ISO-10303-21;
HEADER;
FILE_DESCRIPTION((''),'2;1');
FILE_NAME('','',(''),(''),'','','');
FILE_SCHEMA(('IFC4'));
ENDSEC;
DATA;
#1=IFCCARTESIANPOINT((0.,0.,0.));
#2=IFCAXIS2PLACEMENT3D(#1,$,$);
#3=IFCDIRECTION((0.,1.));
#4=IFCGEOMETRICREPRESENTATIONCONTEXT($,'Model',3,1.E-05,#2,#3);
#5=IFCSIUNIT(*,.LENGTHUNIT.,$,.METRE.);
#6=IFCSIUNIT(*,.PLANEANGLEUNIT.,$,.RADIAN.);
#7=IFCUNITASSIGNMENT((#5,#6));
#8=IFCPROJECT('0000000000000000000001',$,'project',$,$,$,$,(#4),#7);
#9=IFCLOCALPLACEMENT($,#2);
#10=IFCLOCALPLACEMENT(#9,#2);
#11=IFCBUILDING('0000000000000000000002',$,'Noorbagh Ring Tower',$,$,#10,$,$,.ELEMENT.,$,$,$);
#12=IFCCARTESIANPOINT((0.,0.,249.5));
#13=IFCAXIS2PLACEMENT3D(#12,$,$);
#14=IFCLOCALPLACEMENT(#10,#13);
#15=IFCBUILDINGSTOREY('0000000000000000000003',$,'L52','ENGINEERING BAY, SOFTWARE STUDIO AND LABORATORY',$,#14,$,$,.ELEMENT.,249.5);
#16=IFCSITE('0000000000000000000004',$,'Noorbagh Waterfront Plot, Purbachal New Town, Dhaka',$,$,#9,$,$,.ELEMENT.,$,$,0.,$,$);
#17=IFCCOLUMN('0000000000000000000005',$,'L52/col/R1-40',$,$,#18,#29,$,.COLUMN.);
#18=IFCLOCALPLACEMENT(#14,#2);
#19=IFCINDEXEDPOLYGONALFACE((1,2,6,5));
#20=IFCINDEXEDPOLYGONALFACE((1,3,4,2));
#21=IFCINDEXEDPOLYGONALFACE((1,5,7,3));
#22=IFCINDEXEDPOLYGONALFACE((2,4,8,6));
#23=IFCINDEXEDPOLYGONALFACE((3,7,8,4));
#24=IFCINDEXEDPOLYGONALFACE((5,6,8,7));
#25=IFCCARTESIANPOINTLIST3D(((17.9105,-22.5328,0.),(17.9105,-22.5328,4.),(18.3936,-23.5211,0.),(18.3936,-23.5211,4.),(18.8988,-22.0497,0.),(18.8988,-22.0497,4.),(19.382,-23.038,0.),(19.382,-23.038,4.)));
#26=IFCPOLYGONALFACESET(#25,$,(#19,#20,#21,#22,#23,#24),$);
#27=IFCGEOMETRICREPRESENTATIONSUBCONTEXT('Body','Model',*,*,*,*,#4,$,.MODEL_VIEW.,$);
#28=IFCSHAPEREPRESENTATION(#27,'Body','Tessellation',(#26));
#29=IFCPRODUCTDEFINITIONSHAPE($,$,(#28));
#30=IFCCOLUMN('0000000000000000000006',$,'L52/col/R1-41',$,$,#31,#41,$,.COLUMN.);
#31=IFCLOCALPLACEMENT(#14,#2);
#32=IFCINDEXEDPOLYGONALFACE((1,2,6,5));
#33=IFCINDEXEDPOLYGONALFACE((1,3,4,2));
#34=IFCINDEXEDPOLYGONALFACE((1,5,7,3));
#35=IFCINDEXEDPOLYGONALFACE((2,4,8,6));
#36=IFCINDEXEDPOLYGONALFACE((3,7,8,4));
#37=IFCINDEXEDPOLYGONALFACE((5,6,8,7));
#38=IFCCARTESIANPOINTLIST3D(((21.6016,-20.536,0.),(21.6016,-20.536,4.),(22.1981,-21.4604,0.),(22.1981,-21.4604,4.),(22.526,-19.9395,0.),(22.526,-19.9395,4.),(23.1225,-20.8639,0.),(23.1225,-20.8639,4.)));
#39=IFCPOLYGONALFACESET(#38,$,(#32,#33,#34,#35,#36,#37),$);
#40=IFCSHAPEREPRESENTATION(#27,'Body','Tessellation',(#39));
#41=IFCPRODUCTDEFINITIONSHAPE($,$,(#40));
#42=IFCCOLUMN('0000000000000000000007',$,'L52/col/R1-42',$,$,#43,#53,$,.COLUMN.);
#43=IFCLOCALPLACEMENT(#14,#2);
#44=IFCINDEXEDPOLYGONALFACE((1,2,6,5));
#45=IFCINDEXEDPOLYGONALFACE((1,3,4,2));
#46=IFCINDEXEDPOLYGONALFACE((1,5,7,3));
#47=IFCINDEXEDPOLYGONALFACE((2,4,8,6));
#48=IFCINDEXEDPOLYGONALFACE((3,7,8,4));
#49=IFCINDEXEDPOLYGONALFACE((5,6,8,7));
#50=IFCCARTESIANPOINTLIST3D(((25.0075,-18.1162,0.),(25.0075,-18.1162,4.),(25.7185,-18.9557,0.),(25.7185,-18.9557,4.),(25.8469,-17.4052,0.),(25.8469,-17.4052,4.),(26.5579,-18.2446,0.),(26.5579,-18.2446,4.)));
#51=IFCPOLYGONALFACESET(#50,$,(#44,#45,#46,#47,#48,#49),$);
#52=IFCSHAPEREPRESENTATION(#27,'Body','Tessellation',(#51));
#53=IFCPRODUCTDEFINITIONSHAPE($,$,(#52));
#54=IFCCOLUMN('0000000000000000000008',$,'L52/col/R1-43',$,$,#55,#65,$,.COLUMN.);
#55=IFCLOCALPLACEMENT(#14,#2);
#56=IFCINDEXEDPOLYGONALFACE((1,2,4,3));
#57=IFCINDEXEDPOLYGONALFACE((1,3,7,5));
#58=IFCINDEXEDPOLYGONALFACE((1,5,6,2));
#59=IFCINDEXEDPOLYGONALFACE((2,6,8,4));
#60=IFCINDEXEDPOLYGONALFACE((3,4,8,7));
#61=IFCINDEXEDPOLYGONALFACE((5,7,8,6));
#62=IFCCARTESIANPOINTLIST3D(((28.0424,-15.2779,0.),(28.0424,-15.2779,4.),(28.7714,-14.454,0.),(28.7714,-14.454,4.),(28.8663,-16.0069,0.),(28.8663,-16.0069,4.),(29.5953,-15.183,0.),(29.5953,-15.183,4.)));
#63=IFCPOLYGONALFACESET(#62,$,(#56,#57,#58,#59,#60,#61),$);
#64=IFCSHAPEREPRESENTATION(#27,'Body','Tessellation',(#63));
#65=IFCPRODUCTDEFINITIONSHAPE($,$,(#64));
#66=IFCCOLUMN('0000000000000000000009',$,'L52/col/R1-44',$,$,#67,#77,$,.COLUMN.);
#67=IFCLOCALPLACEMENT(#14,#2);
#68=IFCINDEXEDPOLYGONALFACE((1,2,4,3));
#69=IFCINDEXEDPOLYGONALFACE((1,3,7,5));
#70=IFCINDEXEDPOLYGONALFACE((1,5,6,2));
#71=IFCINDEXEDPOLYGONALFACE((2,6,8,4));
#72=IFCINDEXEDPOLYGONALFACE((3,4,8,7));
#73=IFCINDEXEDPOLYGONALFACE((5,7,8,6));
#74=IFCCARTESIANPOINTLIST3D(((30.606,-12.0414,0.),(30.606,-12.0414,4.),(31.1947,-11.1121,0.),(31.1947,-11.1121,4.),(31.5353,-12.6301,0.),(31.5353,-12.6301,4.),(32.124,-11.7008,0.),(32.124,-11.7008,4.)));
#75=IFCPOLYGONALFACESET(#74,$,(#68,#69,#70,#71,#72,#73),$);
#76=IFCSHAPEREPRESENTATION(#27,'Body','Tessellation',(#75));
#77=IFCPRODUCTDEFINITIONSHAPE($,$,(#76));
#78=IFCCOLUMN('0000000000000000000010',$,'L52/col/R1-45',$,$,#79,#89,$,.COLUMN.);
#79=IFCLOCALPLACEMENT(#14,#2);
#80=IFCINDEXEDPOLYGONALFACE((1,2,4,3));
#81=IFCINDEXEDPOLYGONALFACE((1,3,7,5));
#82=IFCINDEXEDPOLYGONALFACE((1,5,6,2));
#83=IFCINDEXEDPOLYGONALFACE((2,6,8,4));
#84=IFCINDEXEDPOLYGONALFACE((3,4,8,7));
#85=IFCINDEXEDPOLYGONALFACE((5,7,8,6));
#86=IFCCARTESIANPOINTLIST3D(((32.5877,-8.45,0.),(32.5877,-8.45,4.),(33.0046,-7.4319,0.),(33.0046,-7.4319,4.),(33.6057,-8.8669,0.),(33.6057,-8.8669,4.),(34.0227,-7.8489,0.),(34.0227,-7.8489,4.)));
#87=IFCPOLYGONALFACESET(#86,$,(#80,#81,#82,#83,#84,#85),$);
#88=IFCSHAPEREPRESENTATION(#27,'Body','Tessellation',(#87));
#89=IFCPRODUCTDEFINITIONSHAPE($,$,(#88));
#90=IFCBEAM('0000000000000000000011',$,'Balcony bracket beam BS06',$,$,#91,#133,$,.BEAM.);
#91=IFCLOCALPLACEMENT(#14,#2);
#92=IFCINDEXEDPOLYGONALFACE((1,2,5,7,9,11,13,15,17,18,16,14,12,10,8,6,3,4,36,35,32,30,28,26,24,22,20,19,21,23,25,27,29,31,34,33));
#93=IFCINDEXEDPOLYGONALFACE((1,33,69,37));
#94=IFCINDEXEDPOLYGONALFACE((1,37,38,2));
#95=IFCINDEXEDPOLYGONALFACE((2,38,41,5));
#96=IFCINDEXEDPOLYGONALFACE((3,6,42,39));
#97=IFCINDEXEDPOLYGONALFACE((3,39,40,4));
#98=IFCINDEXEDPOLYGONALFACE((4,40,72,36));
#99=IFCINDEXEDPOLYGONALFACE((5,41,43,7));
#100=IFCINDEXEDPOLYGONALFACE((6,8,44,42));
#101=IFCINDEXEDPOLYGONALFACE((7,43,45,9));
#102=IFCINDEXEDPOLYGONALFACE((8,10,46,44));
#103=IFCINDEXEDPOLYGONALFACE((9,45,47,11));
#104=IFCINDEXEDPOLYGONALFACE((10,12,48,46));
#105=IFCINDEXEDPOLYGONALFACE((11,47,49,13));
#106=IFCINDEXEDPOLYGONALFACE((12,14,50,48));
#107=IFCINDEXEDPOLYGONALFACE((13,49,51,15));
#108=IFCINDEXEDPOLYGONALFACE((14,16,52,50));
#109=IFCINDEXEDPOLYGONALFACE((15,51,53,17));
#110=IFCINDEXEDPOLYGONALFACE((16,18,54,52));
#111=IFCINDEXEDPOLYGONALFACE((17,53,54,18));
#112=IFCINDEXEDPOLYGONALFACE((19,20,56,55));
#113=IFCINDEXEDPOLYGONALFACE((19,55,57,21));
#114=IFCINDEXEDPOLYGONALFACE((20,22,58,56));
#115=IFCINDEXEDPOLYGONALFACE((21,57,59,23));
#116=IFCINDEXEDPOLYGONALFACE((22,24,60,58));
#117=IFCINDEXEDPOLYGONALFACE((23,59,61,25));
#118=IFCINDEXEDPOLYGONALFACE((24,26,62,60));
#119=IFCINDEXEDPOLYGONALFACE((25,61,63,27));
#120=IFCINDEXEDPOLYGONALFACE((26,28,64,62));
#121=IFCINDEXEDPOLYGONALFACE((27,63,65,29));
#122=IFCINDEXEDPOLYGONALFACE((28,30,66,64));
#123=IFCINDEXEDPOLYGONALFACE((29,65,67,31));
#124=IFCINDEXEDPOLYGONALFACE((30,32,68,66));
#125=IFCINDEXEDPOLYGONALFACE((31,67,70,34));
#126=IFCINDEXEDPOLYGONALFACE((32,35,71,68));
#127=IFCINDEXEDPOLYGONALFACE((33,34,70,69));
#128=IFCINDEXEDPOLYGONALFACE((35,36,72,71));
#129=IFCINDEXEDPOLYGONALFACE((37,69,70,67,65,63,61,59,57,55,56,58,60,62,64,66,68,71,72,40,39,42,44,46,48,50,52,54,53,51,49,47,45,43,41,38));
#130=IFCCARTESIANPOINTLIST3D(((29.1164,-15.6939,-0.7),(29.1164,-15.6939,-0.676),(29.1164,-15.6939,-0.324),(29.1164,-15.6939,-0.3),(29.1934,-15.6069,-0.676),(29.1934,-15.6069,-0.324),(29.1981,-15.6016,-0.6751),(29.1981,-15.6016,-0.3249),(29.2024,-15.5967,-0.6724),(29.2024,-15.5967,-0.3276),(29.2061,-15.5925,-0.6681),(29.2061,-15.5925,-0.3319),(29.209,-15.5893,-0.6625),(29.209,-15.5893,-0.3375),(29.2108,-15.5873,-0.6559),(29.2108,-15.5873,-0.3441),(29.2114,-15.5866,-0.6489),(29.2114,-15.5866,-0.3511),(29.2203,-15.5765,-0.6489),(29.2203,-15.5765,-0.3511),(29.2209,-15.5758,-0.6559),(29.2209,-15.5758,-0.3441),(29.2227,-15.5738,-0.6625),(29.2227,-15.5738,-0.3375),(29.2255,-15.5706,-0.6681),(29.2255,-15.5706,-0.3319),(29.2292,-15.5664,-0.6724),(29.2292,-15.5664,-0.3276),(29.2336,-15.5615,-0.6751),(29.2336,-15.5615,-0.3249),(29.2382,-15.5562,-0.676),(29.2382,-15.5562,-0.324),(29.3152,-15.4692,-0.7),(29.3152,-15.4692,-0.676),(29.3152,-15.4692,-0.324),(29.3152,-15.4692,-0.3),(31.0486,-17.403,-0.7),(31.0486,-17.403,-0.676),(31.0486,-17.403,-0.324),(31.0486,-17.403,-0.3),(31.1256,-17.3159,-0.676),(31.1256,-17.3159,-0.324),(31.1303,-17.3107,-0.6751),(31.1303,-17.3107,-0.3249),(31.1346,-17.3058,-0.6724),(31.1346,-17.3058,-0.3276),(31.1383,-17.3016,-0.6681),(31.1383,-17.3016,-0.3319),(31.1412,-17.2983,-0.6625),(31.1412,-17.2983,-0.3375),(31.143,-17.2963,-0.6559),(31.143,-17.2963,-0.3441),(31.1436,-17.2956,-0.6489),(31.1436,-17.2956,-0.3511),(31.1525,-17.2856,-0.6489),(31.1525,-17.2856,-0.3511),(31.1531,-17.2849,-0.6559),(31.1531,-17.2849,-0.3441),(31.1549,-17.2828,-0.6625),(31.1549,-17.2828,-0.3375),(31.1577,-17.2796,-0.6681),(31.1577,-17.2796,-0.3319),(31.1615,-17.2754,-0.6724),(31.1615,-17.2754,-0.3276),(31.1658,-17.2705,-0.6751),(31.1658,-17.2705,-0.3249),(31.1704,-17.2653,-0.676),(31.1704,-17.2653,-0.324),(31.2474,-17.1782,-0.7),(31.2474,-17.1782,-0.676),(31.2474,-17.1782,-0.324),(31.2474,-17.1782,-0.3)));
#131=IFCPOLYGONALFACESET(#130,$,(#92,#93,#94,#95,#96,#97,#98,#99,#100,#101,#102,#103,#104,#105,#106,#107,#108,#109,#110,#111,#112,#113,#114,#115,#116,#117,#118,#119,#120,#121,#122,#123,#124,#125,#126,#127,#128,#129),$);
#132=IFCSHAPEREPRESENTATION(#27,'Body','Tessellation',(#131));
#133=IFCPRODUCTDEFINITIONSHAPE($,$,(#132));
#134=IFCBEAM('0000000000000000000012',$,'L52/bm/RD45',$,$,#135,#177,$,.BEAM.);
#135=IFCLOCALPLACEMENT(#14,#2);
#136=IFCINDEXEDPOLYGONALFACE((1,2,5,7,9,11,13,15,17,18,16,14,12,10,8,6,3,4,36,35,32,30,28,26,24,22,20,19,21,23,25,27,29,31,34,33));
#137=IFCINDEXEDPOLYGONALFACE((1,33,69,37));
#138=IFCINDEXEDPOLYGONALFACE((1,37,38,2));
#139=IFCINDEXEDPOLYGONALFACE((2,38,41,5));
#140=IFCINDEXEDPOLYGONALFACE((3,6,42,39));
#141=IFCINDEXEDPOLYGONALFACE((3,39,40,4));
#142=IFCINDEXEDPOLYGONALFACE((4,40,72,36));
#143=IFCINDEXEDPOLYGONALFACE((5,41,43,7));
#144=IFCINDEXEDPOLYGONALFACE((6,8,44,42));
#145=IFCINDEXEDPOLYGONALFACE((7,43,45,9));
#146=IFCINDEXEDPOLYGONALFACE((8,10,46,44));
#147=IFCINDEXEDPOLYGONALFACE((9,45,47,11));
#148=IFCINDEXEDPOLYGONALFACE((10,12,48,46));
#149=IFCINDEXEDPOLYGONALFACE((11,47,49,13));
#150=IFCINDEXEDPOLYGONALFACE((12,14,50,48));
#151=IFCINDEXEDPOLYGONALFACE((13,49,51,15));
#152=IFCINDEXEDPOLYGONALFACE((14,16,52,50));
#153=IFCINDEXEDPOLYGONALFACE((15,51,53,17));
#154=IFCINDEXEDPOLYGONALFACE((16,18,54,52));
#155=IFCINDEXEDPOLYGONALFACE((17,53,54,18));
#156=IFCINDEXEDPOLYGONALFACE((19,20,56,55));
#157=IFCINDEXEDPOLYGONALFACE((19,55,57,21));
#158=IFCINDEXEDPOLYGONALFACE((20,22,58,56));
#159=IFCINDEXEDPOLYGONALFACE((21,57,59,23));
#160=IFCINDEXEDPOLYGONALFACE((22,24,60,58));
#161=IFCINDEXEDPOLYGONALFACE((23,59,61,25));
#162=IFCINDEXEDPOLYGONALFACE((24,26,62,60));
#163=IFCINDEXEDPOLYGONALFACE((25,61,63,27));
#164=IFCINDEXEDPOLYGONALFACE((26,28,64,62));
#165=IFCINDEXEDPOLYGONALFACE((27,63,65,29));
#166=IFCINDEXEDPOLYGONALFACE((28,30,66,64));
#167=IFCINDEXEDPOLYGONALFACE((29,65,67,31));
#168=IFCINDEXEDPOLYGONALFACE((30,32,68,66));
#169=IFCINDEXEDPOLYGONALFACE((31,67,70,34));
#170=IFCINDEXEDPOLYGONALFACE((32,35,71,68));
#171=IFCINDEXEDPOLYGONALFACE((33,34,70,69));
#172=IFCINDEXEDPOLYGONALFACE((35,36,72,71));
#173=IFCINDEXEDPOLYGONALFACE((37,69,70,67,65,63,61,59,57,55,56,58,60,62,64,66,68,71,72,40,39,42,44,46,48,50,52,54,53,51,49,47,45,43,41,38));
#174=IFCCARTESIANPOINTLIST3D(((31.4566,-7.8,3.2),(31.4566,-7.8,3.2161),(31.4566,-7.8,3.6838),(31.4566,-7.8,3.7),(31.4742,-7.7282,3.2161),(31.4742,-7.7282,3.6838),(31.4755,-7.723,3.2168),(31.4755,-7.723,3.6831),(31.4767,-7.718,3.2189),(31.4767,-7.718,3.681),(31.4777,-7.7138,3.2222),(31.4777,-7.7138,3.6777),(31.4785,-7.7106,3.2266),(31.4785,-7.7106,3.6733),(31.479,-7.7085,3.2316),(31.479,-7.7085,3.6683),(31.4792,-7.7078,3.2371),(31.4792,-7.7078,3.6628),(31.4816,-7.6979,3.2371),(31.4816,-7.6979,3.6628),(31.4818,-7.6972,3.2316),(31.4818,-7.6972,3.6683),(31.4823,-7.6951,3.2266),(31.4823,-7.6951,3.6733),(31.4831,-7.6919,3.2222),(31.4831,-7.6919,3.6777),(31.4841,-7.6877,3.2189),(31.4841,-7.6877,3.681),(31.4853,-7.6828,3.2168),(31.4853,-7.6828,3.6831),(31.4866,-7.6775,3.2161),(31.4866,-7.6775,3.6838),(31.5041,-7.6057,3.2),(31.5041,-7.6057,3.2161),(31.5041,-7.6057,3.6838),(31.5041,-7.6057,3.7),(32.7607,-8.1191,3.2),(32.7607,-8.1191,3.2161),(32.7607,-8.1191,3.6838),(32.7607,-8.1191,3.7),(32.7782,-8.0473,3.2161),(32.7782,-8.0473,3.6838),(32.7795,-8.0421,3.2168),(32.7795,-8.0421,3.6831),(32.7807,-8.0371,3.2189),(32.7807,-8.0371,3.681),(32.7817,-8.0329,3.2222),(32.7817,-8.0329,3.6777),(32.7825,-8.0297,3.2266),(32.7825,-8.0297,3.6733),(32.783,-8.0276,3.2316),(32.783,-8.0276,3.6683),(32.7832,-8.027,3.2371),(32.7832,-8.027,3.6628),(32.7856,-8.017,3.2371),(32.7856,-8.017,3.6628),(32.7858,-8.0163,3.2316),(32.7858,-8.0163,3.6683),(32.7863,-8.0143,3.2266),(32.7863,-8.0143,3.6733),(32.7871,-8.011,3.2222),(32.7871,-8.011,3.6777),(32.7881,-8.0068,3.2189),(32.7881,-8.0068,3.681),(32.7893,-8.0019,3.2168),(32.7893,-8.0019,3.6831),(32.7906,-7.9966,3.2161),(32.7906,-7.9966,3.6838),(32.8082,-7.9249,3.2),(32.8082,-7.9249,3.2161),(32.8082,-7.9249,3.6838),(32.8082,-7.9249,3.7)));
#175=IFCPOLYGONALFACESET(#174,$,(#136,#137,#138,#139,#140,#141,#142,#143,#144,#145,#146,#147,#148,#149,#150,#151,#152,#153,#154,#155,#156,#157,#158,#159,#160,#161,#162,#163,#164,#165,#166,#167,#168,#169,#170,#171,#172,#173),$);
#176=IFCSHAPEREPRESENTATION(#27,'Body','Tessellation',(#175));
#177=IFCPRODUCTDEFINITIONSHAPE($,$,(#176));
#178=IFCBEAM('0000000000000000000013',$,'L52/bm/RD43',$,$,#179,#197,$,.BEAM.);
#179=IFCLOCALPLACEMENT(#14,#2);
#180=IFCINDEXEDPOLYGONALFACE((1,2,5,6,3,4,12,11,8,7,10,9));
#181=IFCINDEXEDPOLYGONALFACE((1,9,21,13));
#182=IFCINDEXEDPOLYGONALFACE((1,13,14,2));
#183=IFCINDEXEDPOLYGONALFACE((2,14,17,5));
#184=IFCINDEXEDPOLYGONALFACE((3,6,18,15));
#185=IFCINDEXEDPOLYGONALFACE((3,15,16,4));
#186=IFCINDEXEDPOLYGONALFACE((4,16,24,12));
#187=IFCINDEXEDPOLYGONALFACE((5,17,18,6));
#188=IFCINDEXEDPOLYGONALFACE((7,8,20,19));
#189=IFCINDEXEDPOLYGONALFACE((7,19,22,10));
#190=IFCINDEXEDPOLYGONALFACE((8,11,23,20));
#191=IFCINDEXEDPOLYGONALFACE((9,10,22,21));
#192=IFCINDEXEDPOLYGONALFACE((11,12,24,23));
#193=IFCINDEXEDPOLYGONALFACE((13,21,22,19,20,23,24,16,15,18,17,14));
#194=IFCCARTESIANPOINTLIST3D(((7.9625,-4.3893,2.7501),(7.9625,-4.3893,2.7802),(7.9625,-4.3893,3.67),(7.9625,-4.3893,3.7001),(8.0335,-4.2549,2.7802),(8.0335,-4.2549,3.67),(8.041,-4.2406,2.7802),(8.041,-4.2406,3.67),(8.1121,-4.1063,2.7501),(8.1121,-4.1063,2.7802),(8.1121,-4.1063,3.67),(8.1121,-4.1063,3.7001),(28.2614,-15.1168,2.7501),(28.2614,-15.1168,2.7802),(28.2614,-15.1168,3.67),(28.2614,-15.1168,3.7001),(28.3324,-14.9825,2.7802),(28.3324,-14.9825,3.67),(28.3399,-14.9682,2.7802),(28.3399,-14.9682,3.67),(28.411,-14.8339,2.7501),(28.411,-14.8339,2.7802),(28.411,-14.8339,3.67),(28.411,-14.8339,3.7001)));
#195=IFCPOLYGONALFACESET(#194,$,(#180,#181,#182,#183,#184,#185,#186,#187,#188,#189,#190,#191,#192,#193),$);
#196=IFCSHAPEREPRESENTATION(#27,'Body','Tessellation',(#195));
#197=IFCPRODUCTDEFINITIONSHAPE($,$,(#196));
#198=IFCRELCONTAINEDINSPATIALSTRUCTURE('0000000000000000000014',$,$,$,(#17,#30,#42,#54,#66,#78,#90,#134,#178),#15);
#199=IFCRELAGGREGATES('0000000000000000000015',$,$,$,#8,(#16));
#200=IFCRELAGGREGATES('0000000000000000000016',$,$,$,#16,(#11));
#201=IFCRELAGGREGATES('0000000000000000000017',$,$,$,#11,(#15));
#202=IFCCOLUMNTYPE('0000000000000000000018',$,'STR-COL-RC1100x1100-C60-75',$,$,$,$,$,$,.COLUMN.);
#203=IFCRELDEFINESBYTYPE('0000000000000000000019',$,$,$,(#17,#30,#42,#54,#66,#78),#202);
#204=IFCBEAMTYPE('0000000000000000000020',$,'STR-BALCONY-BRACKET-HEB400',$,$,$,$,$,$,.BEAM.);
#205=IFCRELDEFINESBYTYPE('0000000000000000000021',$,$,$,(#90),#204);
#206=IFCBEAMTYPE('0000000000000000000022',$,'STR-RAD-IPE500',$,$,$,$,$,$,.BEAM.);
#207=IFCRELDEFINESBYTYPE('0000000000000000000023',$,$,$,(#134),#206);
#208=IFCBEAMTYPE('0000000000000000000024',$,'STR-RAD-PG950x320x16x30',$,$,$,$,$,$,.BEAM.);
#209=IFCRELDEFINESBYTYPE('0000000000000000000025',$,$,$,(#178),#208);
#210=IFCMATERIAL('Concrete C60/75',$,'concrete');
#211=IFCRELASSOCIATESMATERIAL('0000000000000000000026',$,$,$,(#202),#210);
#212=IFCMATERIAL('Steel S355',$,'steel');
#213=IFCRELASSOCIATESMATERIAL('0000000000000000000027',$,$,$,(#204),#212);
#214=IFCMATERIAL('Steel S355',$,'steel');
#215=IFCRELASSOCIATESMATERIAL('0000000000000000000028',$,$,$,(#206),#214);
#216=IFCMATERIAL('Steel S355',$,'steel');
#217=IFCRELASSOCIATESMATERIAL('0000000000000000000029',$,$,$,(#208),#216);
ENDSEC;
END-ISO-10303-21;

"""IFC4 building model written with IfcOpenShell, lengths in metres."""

from ifc_helpers import new_model, si_unit, direction, frame, origin, origin_2d, place, context, subcontext, project, spatial, rectangle, i_section, extrude, material, material_profile, profile_set, type_object, element, save


model = new_model("IFC4")

# Units and contexts
model_context = context("Model", 3, precision=1e-05, world=origin(), true_north=direction((0.0, 1.0)))
body_context = subcontext(model_context, "Body", "Model", "MODEL_VIEW")
ifc_project = project(units=[si_unit("LENGTHUNIT", "METRE"), si_unit("PLANEANGLEUNIT", "RADIAN")], contexts=[model_context])

# Site, building, storey
site_placement = place(None, origin())
site = spatial("IfcSite", under=ifc_project, at=site_placement, Name="Noorbagh Waterfront Plot, Purbachal New Town, Dhaka", CompositionType="ELEMENT", RefElevation=0.0)
building_placement = place(site_placement, origin())
building = spatial("IfcBuilding", under=site, at=building_placement, Name="Noorbagh Ring Tower", CompositionType="ELEMENT")
storey_placement = place(building_placement, frame((0.0, 0.0, 249.5)))
storey = spatial("IfcBuildingStorey", under=building, at=storey_placement, Name="L52", Description="ENGINEERING BAY, SOFTWARE STUDIO AND LABORATORY", CompositionType="ELEMENT", Elevation=249.5)

# Columns
ifc_material_1 = material(Name="Concrete C60/75", Category="concrete")
ifc_material_profile_1 = material_profile(ifc_material_1, rectangle(XDim=1.1001, YDim=1.1001, at=origin_2d()), Name="RC1100x1100")
ifc_profile_set_1 = profile_set([ifc_material_profile_1], Name="Concrete C60/75")
column_type = type_object("IfcColumnType", Name="STR-COL-RC1100x1100-C60-75", PredefinedType="COLUMN", material=ifc_profile_set_1)
for number, where, z_axis, x_axis, name in (
    (1, (18.6462, -22.7854, 0.0), (0.0, 0.0, 1.0), (0.898399, 0.43918, 0.0), "L52/col/R1-40"),
    (2, (22.3621, -20.7, 0.0), (0.0, 0.0, 1.0), (0.840248, 0.542203, 0.0), "L52/col/R1-41"),
    (3, (25.7827, -18.1804, 0.0), (0.0, 0.0, 1.0), (0.763035, 0.646357, 0.0), "L52/col/R1-42"),
    (4, (28.8188, -15.2305, 0.0), (0.0, 0.0, 1.0), (0.662636, 0.748942, 0.0), "L52/col/R1-43"),
    (5, (31.365, -11.8711, 0.0), (0.0, 0.0, 1.0), (0.53519, 0.844731, 0.0), "L52/col/R1-44"),
    (6, (33.3052, -8.1494, 0.0), (0.0, 0.0, 1.0), (0.378989, 0.925401, 0.0), "L52/col/R1-45"),
):
    element("IfcColumn", number, at=place(storey_placement, frame(where, z_axis=z_axis, x_axis=x_axis)), inside=storey, type_object=column_type, Name=name, PredefinedType="COLUMN", context=body_context, shape_type="SweptSolid", body=[
        extrude(rectangle(XDim=1.1001, YDim=1.1001, at=origin_2d()), origin(), (0.0, 0.0, 1.0), 4.0),
    ])

# Beams
ifc_material_2 = material(Name="Steel S355", Category="steel")
ifc_material_profile_2 = material_profile(ifc_material_2, i_section(OverallWidth=0.3, OverallDepth=0.3999, WebThickness=0.0134, FlangeThickness=0.0239, FilletRadius=0.0271, at=origin_2d()), Name="HEB400")
ifc_profile_set_2 = profile_set([ifc_material_profile_2], Name="Steel S355")
beam_type_1 = type_object("IfcBeamType", Name="STR-BALCONY-BRACKET-HEB400", PredefinedType="BEAM", material=ifc_profile_set_2)
beam_1_placement = place(storey_placement, frame((29.2158, -15.5815, -0.5), z_axis=(0.749036, -0.662529, 0.0), x_axis=(0.662529, 0.749036, 0.0)))
element("IfcBeam", 7, at=beam_1_placement, inside=storey, type_object=beam_type_1, Name="Balcony bracket beam BS06", PredefinedType="BEAM", context=body_context, shape_type="SweptSolid", body=[
    extrude(i_section(OverallWidth=0.3, OverallDepth=0.3999, WebThickness=0.0134, FlangeThickness=0.0239, FilletRadius=0.0271, at=origin_2d()), origin(), (0.0, 0.0, 1.0), 2.5796),
])
ifc_material_3 = material(Name="Steel S355", Category="steel")
ifc_material_profile_3 = material_profile(ifc_material_3, i_section(OverallWidth=0.2, OverallDepth=0.5, WebThickness=0.0103, FlangeThickness=0.0161, FilletRadius=0.021, at=origin_2d()), Name="IPE500")
ifc_profile_set_3 = profile_set([ifc_material_profile_3], Name="Steel S355")
beam_type_2 = type_object("IfcBeamType", Name="STR-RAD-IPE500", PredefinedType="BEAM", material=ifc_profile_set_3)
beam_2_placement = place(storey_placement, frame((32.7844, -8.022, 3.45), z_axis=(-0.971339, 0.237697, 0.0), x_axis=(-0.237697, -0.971339, 0.0)))
element("IfcBeam", 8, at=beam_2_placement, inside=storey, type_object=beam_type_2, Name="L52/bm/RD45", PredefinedType="BEAM", context=body_context, shape_type="SweptSolid", body=[
    extrude(i_section(OverallWidth=0.2, OverallDepth=0.5, WebThickness=0.0103, FlangeThickness=0.0161, FilletRadius=0.021, at=origin_2d()), origin(), (0.0, 0.0, 1.0), 1.3425),
])
ifc_material_4 = material(Name="Steel S355", Category="steel")
ifc_material_profile_4 = material_profile(ifc_material_4, i_section(OverallWidth=0.3201, OverallDepth=0.95, WebThickness=0.0161, FlangeThickness=0.03, at=origin_2d()), Name="PG950x320x16x30")
ifc_profile_set_4 = profile_set([ifc_material_profile_4], Name="Steel S355")
beam_type_3 = type_object("IfcBeamType", Name="STR-RAD-PG950x320x16x30", PredefinedType="BEAM", material=ifc_profile_set_4)
beam_3_placement = place(storey_placement, frame((28.3362, -14.9753, 3.2251), z_axis=(-0.884128, 0.467245, 0.0), x_axis=(-0.467245, -0.884128, 0.0)))
element("IfcBeam", 9, at=beam_3_placement, inside=storey, type_object=beam_type_3, Name="L52/bm/RD43", PredefinedType="BEAM", context=body_context, shape_type="SweptSolid", body=[
    extrude(i_section(OverallWidth=0.3201, OverallDepth=0.95, WebThickness=0.0161, FlangeThickness=0.03, at=origin_2d()), origin(), (0.0, 0.0, 1.0), 22.9592),
])

save(model, "model.ifc")
